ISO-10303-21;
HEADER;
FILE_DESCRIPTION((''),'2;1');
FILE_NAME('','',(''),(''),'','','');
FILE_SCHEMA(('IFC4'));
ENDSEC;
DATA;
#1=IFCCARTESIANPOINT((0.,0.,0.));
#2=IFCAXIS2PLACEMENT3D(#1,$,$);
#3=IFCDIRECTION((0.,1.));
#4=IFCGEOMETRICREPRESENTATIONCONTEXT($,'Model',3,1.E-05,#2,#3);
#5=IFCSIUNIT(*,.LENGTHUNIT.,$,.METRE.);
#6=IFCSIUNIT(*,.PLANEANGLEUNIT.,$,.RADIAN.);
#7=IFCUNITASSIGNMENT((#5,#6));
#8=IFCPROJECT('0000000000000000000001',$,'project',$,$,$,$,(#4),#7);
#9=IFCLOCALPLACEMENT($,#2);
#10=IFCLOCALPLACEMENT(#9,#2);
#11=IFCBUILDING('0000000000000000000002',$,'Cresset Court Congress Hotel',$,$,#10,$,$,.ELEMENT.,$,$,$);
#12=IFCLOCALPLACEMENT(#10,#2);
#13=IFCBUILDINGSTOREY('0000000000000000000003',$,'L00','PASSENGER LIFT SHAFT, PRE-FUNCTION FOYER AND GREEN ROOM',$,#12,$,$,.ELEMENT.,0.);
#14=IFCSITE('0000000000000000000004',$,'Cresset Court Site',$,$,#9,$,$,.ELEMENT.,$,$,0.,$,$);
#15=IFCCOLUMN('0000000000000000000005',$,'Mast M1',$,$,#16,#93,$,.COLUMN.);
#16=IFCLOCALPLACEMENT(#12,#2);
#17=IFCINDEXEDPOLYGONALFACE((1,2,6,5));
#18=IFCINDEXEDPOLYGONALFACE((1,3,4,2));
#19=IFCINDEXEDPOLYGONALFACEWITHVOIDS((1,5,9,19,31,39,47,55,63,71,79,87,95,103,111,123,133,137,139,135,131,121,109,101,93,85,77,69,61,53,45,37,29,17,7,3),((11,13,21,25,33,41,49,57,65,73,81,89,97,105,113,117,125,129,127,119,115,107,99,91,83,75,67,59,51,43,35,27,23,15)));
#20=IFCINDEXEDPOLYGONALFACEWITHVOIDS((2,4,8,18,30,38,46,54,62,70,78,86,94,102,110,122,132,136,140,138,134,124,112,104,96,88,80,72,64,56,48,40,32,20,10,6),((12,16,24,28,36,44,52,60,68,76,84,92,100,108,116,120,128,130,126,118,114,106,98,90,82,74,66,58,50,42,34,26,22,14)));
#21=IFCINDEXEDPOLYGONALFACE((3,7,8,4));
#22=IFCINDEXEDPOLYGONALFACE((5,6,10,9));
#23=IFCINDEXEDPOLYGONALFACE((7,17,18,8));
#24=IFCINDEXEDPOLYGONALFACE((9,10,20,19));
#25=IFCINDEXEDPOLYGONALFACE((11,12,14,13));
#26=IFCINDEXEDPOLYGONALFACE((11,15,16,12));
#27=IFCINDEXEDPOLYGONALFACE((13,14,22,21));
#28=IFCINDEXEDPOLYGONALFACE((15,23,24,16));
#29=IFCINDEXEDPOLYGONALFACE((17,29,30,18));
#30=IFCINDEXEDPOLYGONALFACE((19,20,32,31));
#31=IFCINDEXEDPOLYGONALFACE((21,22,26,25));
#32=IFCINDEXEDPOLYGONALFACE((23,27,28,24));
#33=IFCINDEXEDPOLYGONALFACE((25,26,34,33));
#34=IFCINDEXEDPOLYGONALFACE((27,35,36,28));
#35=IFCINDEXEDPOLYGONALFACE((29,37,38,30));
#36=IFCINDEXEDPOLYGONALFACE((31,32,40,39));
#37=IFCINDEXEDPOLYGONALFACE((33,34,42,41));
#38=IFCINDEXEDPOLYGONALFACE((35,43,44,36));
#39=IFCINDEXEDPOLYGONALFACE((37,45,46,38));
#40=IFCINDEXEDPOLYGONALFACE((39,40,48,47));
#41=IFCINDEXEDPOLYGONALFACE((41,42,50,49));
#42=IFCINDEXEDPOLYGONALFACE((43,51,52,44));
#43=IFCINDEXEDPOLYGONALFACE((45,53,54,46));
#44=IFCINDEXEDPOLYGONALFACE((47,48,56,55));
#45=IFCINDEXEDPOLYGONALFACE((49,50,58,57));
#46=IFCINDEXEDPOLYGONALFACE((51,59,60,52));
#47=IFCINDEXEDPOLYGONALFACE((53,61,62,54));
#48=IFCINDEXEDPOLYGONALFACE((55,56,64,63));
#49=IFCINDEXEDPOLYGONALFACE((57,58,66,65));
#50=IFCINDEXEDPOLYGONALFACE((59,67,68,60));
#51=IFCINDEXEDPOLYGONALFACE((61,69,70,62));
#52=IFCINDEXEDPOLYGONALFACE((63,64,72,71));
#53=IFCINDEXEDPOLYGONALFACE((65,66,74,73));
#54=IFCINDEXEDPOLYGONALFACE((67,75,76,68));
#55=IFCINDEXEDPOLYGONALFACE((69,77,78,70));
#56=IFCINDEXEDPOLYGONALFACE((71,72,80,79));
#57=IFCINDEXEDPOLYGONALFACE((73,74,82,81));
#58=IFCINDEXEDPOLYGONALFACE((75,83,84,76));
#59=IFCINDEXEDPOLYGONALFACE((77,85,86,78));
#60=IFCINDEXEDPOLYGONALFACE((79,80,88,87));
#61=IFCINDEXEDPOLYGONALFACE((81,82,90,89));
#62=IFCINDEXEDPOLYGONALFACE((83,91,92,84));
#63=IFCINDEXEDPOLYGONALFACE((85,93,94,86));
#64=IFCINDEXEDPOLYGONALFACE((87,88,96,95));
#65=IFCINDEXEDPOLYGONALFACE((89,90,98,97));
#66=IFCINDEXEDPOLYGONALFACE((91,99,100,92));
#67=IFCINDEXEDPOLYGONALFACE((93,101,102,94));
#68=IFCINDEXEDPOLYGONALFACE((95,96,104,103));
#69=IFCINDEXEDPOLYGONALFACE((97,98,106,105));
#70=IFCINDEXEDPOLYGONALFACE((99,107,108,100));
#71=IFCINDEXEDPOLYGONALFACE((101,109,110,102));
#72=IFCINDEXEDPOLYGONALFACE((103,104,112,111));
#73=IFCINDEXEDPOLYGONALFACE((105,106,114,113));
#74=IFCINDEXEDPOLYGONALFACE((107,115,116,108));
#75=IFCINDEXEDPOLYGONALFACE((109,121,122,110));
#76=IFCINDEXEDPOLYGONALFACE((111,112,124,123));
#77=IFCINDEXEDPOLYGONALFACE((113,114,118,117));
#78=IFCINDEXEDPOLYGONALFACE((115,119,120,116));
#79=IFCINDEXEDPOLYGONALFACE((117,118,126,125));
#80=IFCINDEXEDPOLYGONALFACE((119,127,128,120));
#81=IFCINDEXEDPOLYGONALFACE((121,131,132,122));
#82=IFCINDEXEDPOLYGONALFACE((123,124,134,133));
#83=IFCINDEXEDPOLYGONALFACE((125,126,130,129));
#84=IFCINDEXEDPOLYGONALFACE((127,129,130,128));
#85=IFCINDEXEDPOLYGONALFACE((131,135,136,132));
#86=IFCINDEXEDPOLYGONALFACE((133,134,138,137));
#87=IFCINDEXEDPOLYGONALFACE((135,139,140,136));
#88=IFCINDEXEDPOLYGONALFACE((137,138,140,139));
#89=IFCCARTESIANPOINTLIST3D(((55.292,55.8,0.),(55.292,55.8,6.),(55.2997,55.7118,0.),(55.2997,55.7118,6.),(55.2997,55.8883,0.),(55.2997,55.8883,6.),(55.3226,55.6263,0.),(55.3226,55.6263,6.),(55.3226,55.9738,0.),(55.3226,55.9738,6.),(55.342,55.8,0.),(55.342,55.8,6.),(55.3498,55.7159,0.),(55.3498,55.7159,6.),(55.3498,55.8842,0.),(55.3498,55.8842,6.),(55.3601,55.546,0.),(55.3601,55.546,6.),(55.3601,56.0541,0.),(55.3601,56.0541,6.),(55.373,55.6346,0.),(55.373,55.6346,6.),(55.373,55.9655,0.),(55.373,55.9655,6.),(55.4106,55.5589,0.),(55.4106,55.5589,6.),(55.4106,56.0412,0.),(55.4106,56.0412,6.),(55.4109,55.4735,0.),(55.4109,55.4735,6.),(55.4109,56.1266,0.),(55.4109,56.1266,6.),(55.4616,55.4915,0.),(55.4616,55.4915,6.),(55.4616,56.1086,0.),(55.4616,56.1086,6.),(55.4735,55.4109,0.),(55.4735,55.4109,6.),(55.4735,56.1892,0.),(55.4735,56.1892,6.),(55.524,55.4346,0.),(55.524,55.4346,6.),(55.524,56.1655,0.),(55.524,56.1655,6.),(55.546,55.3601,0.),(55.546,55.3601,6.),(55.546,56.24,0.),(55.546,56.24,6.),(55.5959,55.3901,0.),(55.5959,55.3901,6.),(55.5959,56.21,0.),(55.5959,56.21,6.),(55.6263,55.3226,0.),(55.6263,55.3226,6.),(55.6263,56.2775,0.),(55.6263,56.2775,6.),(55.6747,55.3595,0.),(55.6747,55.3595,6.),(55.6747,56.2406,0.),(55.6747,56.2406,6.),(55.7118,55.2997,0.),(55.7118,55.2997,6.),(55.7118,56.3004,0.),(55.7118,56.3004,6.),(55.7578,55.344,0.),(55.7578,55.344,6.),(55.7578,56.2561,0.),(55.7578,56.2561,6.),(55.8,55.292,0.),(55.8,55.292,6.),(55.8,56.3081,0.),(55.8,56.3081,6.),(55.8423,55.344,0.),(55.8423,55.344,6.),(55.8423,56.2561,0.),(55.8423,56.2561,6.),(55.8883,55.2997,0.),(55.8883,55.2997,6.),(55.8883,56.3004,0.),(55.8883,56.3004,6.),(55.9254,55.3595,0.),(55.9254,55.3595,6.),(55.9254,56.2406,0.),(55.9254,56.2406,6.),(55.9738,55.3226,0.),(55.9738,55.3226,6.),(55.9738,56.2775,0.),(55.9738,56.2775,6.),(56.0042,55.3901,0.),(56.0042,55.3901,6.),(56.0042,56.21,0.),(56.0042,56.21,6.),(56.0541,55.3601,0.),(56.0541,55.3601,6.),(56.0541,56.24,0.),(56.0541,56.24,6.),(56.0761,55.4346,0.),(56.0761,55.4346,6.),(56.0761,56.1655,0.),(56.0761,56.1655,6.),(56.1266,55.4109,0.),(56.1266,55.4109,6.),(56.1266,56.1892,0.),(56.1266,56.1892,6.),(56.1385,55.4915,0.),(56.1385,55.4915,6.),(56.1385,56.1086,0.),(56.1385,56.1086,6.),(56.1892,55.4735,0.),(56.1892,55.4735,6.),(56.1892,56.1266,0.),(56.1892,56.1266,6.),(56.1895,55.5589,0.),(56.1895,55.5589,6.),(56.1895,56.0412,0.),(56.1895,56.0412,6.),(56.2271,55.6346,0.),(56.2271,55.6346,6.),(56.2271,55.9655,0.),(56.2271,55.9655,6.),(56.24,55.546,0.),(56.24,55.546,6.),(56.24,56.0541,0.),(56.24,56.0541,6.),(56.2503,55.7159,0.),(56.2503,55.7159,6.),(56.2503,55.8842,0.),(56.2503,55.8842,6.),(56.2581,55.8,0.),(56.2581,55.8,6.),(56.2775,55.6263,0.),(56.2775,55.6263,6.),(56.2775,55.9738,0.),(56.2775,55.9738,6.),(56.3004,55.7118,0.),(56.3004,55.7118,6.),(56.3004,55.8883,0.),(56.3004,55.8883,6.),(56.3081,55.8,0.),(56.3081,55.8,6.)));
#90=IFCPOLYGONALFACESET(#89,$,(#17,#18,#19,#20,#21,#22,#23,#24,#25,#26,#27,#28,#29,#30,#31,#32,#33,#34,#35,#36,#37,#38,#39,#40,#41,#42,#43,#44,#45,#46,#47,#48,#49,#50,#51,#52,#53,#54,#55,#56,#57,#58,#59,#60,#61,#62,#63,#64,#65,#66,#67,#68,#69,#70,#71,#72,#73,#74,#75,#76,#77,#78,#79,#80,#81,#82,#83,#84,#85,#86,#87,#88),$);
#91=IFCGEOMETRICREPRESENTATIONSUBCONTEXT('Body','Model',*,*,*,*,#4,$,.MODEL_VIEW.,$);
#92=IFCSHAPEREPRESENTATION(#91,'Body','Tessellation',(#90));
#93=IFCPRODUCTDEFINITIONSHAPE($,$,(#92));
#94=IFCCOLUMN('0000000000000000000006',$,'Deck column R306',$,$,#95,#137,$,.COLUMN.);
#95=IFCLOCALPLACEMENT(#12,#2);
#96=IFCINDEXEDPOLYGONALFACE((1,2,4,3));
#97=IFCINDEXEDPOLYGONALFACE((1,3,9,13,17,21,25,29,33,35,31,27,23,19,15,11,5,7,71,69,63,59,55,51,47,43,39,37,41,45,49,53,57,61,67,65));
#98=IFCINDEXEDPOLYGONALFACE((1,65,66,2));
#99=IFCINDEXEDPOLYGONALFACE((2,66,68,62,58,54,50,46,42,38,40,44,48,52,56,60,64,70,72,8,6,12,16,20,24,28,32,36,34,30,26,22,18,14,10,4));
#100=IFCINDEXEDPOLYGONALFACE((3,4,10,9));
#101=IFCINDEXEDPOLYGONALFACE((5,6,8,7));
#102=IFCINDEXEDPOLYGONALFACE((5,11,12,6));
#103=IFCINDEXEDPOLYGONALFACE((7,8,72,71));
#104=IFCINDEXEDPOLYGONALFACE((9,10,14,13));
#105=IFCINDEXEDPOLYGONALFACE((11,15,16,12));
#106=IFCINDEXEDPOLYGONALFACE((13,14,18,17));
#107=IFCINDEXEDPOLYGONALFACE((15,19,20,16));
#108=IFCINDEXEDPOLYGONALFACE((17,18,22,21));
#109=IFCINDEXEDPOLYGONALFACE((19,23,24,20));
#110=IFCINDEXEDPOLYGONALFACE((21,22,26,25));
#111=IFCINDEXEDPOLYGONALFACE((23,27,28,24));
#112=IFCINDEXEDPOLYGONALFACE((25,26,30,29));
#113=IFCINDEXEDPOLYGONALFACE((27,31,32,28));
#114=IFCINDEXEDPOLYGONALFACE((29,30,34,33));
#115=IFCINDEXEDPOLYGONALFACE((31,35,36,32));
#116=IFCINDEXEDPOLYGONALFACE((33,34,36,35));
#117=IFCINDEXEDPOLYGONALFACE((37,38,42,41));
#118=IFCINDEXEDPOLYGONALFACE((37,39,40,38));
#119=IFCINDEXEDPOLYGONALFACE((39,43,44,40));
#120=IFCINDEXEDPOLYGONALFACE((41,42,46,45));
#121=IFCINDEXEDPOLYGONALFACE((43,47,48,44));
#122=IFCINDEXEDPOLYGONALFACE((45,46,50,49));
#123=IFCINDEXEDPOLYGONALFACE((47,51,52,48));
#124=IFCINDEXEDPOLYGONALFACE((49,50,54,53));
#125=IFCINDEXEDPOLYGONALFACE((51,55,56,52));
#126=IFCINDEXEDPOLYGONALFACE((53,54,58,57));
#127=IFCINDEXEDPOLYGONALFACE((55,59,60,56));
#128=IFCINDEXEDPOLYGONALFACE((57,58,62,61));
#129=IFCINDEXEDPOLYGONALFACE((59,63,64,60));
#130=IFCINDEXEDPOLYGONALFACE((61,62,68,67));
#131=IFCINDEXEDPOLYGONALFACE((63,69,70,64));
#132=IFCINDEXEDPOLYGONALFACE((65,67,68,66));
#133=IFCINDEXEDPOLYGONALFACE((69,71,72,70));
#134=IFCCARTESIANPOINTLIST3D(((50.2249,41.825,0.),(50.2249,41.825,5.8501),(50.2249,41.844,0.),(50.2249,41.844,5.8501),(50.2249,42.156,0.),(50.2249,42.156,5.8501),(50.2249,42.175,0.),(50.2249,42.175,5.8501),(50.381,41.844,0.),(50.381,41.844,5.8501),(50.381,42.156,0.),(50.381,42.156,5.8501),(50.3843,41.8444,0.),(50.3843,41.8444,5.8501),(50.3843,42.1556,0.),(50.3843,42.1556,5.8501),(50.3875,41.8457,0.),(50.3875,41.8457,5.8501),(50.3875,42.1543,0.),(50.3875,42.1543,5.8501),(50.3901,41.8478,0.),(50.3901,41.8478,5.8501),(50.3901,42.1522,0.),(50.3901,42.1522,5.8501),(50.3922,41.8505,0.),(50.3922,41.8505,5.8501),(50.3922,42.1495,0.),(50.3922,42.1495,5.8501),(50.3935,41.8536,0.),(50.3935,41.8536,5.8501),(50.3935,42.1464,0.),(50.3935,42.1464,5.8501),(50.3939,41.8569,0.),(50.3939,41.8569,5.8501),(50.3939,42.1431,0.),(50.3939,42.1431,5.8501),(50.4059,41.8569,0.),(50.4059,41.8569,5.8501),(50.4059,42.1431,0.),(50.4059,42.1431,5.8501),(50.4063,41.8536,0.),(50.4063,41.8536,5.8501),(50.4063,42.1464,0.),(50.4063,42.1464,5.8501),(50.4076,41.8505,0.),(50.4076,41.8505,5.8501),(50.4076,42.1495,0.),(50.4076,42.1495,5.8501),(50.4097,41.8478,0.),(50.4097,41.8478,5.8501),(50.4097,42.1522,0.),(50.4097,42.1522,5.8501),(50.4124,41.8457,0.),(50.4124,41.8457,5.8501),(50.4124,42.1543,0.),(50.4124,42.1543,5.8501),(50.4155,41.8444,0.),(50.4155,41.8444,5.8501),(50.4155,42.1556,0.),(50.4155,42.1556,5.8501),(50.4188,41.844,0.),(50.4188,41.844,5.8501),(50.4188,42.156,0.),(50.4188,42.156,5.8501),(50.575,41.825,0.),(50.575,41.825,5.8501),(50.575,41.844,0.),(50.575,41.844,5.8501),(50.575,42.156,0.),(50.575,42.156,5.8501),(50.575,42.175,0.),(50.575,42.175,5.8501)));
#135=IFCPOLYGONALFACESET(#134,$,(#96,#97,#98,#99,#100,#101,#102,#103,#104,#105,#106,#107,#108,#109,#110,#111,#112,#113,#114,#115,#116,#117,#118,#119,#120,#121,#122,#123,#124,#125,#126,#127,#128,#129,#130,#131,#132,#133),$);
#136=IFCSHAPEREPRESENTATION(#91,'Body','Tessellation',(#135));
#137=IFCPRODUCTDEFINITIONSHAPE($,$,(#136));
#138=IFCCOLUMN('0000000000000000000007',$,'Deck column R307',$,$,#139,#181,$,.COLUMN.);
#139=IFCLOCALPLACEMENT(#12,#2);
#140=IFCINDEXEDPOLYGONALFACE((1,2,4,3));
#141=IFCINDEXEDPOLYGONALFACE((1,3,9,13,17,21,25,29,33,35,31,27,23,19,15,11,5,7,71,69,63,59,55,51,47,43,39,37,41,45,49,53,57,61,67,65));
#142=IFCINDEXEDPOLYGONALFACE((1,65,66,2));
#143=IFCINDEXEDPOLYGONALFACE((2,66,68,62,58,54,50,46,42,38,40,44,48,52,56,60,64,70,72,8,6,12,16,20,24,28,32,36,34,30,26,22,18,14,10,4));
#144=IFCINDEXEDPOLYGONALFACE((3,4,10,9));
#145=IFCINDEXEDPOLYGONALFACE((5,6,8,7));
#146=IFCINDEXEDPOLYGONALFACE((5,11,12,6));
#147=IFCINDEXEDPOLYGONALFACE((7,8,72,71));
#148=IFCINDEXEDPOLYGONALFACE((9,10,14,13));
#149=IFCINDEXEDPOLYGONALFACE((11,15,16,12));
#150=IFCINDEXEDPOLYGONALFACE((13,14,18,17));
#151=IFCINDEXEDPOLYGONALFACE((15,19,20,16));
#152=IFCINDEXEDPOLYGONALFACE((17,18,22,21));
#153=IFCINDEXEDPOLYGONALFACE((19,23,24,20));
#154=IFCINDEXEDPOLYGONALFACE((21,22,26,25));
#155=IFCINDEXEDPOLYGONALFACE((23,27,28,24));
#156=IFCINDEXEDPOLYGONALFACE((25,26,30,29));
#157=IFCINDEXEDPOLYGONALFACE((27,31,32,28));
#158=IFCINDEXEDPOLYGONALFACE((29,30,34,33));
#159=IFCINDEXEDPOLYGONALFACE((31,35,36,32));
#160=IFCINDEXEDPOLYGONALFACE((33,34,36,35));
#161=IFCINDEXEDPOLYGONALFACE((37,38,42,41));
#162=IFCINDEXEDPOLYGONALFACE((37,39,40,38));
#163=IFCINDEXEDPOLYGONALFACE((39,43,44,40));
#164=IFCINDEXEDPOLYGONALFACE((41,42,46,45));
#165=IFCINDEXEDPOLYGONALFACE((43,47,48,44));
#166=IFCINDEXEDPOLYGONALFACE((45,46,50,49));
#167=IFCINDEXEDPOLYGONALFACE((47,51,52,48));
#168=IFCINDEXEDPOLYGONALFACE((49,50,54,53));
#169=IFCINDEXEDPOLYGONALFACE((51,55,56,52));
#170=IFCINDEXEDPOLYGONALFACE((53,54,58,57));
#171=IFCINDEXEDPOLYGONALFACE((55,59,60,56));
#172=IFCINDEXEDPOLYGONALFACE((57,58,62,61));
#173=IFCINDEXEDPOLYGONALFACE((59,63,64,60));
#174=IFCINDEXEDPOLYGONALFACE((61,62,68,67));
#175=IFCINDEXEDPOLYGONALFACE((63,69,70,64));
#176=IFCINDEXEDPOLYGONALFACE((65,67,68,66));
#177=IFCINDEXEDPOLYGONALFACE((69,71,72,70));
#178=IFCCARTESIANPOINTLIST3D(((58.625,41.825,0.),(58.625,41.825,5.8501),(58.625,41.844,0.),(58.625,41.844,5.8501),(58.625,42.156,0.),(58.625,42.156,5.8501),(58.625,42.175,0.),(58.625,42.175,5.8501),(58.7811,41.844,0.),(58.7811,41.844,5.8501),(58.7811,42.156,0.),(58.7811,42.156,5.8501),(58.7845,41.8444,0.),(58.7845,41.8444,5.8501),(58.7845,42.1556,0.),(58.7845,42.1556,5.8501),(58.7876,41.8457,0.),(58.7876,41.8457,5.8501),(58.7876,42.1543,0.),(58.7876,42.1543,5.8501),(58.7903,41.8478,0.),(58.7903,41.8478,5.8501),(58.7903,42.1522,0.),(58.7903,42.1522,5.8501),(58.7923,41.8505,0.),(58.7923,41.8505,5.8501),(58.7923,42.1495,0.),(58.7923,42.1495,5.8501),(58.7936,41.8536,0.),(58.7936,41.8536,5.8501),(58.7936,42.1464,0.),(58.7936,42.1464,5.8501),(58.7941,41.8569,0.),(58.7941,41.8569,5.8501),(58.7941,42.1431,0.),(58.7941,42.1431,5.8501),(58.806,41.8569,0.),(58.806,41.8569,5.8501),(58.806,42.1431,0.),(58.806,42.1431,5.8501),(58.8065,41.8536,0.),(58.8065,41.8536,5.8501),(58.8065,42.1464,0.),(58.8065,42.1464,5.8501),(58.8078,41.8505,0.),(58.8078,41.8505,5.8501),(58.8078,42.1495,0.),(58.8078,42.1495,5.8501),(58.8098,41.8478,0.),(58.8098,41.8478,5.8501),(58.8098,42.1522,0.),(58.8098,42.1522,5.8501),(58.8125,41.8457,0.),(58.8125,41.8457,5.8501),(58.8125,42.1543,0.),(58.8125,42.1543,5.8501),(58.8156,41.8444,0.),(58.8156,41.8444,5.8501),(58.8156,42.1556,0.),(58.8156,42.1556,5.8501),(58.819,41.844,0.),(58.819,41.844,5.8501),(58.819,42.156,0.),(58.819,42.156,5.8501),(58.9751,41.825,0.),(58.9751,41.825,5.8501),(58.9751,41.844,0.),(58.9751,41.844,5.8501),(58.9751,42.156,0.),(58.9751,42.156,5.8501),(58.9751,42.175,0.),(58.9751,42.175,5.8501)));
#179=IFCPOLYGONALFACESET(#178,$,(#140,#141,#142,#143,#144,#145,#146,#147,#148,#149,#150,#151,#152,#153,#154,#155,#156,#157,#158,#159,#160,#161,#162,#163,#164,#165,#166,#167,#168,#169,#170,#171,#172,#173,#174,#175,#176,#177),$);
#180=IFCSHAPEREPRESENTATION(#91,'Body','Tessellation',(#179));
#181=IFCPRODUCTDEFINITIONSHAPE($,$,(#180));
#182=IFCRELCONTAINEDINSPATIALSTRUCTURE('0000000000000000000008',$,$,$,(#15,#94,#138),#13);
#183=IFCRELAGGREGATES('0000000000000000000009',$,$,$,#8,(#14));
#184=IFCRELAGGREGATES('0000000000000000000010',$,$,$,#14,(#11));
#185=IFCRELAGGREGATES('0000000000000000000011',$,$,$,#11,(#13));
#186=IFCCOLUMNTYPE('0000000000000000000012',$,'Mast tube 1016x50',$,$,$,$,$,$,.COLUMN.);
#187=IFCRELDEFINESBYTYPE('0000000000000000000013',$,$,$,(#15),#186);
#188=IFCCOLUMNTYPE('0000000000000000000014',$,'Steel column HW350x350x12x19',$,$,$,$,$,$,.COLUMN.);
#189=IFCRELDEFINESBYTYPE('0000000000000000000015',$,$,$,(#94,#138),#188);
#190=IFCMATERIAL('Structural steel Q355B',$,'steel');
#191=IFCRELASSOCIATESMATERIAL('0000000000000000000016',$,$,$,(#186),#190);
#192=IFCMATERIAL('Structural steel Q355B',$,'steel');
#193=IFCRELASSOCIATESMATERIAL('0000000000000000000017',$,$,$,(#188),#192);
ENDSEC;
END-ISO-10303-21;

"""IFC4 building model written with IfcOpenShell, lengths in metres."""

from ifc_helpers import new_model, si_unit, direction, frame, origin, origin_2d, place, context, subcontext, project, spatial, hollow_circle, i_section, extrude, material, material_profile, profile_set, type_object, element, save


model = new_model("IFC4")

# Units and contexts
model_context = context("Model", 3, precision=1e-05, world=origin(), true_north=direction((0.0, 1.0)))
body_context = subcontext(model_context, "Body", "Model", "MODEL_VIEW")
ifc_project = project(units=[si_unit("LENGTHUNIT", "METRE"), si_unit("PLANEANGLEUNIT", "RADIAN")], contexts=[model_context])

# Site, building, storey
site_placement = place(None, origin())
site = spatial("IfcSite", under=ifc_project, at=site_placement, Name="Cresset Court Site", CompositionType="ELEMENT", RefElevation=0.0)
building_placement = place(site_placement, origin())
building = spatial("IfcBuilding", under=site, at=building_placement, Name="Cresset Court Congress Hotel", CompositionType="ELEMENT")
storey_placement = place(building_placement, origin())
storey = spatial("IfcBuildingStorey", under=building, at=storey_placement, Name="L00", Description="PASSENGER LIFT SHAFT, PRE-FUNCTION FOYER AND GREEN ROOM", CompositionType="ELEMENT", Elevation=0.0)

# Columns
ifc_material_1 = material(Name="Structural steel Q355B", Category="steel")
ifc_material_profile_1 = material_profile(ifc_material_1, hollow_circle(Radius=0.5081, WallThickness=0.05, at=origin_2d()), Name="CHS1016x50")
ifc_profile_set_1 = profile_set([ifc_material_profile_1], Name="Structural steel Q355B")
column_type_1 = type_object("IfcColumnType", Name="Mast tube 1016x50", PredefinedType="COLUMN", material=ifc_profile_set_1)
column_1_placement = place(storey_placement, frame((55.8, 55.8, 0.0), z_axis=(0.0, 0.0, 1.0), x_axis=(1.0, 0.0, 0.0)))
element("IfcColumn", 1, at=column_1_placement, inside=storey, type_object=column_type_1, Name="Mast M1", PredefinedType="COLUMN", context=body_context, shape_type="SweptSolid", body=[
    extrude(hollow_circle(Radius=0.5081, WallThickness=0.05, at=origin_2d()), origin(), (0.0, 0.0, 1.0), 6.0),
])
ifc_material_2 = material(Name="Structural steel Q355B", Category="steel")
ifc_material_profile_2 = material_profile(ifc_material_2, i_section(OverallWidth=0.3501, OverallDepth=0.3501, WebThickness=0.012, FlangeThickness=0.019, FilletRadius=0.0129, at=origin_2d()), Name="HW350x350x12x19")
ifc_profile_set_2 = profile_set([ifc_material_profile_2], Name="Structural steel Q355B")
column_type_2 = type_object("IfcColumnType", Name="Steel column HW350x350x12x19", PredefinedType="COLUMN", material=ifc_profile_set_2)
for number, where, z_axis, x_axis, name in (
    (2, (50.3999, 42.0, 0.0), (0.0, 0.0, 1.0), (1.0, 0.0, 0.0), "Deck column R306"),
    (3, (58.8, 42.0, 0.0), (0.0, 0.0, 1.0), (1.0, 0.0, 0.0), "Deck column R307"),
):
    element("IfcColumn", number, at=place(storey_placement, frame(where, z_axis=z_axis, x_axis=x_axis)), inside=storey, type_object=column_type_2, Name=name, PredefinedType="COLUMN", context=body_context, shape_type="SweptSolid", body=[
        extrude(i_section(OverallWidth=0.3501, OverallDepth=0.3501, WebThickness=0.012, FlangeThickness=0.019, FilletRadius=0.0129, at=origin_2d()), origin(), (0.0, 0.0, 1.0), 5.8501),
    ])

save(model, "model.ifc")
